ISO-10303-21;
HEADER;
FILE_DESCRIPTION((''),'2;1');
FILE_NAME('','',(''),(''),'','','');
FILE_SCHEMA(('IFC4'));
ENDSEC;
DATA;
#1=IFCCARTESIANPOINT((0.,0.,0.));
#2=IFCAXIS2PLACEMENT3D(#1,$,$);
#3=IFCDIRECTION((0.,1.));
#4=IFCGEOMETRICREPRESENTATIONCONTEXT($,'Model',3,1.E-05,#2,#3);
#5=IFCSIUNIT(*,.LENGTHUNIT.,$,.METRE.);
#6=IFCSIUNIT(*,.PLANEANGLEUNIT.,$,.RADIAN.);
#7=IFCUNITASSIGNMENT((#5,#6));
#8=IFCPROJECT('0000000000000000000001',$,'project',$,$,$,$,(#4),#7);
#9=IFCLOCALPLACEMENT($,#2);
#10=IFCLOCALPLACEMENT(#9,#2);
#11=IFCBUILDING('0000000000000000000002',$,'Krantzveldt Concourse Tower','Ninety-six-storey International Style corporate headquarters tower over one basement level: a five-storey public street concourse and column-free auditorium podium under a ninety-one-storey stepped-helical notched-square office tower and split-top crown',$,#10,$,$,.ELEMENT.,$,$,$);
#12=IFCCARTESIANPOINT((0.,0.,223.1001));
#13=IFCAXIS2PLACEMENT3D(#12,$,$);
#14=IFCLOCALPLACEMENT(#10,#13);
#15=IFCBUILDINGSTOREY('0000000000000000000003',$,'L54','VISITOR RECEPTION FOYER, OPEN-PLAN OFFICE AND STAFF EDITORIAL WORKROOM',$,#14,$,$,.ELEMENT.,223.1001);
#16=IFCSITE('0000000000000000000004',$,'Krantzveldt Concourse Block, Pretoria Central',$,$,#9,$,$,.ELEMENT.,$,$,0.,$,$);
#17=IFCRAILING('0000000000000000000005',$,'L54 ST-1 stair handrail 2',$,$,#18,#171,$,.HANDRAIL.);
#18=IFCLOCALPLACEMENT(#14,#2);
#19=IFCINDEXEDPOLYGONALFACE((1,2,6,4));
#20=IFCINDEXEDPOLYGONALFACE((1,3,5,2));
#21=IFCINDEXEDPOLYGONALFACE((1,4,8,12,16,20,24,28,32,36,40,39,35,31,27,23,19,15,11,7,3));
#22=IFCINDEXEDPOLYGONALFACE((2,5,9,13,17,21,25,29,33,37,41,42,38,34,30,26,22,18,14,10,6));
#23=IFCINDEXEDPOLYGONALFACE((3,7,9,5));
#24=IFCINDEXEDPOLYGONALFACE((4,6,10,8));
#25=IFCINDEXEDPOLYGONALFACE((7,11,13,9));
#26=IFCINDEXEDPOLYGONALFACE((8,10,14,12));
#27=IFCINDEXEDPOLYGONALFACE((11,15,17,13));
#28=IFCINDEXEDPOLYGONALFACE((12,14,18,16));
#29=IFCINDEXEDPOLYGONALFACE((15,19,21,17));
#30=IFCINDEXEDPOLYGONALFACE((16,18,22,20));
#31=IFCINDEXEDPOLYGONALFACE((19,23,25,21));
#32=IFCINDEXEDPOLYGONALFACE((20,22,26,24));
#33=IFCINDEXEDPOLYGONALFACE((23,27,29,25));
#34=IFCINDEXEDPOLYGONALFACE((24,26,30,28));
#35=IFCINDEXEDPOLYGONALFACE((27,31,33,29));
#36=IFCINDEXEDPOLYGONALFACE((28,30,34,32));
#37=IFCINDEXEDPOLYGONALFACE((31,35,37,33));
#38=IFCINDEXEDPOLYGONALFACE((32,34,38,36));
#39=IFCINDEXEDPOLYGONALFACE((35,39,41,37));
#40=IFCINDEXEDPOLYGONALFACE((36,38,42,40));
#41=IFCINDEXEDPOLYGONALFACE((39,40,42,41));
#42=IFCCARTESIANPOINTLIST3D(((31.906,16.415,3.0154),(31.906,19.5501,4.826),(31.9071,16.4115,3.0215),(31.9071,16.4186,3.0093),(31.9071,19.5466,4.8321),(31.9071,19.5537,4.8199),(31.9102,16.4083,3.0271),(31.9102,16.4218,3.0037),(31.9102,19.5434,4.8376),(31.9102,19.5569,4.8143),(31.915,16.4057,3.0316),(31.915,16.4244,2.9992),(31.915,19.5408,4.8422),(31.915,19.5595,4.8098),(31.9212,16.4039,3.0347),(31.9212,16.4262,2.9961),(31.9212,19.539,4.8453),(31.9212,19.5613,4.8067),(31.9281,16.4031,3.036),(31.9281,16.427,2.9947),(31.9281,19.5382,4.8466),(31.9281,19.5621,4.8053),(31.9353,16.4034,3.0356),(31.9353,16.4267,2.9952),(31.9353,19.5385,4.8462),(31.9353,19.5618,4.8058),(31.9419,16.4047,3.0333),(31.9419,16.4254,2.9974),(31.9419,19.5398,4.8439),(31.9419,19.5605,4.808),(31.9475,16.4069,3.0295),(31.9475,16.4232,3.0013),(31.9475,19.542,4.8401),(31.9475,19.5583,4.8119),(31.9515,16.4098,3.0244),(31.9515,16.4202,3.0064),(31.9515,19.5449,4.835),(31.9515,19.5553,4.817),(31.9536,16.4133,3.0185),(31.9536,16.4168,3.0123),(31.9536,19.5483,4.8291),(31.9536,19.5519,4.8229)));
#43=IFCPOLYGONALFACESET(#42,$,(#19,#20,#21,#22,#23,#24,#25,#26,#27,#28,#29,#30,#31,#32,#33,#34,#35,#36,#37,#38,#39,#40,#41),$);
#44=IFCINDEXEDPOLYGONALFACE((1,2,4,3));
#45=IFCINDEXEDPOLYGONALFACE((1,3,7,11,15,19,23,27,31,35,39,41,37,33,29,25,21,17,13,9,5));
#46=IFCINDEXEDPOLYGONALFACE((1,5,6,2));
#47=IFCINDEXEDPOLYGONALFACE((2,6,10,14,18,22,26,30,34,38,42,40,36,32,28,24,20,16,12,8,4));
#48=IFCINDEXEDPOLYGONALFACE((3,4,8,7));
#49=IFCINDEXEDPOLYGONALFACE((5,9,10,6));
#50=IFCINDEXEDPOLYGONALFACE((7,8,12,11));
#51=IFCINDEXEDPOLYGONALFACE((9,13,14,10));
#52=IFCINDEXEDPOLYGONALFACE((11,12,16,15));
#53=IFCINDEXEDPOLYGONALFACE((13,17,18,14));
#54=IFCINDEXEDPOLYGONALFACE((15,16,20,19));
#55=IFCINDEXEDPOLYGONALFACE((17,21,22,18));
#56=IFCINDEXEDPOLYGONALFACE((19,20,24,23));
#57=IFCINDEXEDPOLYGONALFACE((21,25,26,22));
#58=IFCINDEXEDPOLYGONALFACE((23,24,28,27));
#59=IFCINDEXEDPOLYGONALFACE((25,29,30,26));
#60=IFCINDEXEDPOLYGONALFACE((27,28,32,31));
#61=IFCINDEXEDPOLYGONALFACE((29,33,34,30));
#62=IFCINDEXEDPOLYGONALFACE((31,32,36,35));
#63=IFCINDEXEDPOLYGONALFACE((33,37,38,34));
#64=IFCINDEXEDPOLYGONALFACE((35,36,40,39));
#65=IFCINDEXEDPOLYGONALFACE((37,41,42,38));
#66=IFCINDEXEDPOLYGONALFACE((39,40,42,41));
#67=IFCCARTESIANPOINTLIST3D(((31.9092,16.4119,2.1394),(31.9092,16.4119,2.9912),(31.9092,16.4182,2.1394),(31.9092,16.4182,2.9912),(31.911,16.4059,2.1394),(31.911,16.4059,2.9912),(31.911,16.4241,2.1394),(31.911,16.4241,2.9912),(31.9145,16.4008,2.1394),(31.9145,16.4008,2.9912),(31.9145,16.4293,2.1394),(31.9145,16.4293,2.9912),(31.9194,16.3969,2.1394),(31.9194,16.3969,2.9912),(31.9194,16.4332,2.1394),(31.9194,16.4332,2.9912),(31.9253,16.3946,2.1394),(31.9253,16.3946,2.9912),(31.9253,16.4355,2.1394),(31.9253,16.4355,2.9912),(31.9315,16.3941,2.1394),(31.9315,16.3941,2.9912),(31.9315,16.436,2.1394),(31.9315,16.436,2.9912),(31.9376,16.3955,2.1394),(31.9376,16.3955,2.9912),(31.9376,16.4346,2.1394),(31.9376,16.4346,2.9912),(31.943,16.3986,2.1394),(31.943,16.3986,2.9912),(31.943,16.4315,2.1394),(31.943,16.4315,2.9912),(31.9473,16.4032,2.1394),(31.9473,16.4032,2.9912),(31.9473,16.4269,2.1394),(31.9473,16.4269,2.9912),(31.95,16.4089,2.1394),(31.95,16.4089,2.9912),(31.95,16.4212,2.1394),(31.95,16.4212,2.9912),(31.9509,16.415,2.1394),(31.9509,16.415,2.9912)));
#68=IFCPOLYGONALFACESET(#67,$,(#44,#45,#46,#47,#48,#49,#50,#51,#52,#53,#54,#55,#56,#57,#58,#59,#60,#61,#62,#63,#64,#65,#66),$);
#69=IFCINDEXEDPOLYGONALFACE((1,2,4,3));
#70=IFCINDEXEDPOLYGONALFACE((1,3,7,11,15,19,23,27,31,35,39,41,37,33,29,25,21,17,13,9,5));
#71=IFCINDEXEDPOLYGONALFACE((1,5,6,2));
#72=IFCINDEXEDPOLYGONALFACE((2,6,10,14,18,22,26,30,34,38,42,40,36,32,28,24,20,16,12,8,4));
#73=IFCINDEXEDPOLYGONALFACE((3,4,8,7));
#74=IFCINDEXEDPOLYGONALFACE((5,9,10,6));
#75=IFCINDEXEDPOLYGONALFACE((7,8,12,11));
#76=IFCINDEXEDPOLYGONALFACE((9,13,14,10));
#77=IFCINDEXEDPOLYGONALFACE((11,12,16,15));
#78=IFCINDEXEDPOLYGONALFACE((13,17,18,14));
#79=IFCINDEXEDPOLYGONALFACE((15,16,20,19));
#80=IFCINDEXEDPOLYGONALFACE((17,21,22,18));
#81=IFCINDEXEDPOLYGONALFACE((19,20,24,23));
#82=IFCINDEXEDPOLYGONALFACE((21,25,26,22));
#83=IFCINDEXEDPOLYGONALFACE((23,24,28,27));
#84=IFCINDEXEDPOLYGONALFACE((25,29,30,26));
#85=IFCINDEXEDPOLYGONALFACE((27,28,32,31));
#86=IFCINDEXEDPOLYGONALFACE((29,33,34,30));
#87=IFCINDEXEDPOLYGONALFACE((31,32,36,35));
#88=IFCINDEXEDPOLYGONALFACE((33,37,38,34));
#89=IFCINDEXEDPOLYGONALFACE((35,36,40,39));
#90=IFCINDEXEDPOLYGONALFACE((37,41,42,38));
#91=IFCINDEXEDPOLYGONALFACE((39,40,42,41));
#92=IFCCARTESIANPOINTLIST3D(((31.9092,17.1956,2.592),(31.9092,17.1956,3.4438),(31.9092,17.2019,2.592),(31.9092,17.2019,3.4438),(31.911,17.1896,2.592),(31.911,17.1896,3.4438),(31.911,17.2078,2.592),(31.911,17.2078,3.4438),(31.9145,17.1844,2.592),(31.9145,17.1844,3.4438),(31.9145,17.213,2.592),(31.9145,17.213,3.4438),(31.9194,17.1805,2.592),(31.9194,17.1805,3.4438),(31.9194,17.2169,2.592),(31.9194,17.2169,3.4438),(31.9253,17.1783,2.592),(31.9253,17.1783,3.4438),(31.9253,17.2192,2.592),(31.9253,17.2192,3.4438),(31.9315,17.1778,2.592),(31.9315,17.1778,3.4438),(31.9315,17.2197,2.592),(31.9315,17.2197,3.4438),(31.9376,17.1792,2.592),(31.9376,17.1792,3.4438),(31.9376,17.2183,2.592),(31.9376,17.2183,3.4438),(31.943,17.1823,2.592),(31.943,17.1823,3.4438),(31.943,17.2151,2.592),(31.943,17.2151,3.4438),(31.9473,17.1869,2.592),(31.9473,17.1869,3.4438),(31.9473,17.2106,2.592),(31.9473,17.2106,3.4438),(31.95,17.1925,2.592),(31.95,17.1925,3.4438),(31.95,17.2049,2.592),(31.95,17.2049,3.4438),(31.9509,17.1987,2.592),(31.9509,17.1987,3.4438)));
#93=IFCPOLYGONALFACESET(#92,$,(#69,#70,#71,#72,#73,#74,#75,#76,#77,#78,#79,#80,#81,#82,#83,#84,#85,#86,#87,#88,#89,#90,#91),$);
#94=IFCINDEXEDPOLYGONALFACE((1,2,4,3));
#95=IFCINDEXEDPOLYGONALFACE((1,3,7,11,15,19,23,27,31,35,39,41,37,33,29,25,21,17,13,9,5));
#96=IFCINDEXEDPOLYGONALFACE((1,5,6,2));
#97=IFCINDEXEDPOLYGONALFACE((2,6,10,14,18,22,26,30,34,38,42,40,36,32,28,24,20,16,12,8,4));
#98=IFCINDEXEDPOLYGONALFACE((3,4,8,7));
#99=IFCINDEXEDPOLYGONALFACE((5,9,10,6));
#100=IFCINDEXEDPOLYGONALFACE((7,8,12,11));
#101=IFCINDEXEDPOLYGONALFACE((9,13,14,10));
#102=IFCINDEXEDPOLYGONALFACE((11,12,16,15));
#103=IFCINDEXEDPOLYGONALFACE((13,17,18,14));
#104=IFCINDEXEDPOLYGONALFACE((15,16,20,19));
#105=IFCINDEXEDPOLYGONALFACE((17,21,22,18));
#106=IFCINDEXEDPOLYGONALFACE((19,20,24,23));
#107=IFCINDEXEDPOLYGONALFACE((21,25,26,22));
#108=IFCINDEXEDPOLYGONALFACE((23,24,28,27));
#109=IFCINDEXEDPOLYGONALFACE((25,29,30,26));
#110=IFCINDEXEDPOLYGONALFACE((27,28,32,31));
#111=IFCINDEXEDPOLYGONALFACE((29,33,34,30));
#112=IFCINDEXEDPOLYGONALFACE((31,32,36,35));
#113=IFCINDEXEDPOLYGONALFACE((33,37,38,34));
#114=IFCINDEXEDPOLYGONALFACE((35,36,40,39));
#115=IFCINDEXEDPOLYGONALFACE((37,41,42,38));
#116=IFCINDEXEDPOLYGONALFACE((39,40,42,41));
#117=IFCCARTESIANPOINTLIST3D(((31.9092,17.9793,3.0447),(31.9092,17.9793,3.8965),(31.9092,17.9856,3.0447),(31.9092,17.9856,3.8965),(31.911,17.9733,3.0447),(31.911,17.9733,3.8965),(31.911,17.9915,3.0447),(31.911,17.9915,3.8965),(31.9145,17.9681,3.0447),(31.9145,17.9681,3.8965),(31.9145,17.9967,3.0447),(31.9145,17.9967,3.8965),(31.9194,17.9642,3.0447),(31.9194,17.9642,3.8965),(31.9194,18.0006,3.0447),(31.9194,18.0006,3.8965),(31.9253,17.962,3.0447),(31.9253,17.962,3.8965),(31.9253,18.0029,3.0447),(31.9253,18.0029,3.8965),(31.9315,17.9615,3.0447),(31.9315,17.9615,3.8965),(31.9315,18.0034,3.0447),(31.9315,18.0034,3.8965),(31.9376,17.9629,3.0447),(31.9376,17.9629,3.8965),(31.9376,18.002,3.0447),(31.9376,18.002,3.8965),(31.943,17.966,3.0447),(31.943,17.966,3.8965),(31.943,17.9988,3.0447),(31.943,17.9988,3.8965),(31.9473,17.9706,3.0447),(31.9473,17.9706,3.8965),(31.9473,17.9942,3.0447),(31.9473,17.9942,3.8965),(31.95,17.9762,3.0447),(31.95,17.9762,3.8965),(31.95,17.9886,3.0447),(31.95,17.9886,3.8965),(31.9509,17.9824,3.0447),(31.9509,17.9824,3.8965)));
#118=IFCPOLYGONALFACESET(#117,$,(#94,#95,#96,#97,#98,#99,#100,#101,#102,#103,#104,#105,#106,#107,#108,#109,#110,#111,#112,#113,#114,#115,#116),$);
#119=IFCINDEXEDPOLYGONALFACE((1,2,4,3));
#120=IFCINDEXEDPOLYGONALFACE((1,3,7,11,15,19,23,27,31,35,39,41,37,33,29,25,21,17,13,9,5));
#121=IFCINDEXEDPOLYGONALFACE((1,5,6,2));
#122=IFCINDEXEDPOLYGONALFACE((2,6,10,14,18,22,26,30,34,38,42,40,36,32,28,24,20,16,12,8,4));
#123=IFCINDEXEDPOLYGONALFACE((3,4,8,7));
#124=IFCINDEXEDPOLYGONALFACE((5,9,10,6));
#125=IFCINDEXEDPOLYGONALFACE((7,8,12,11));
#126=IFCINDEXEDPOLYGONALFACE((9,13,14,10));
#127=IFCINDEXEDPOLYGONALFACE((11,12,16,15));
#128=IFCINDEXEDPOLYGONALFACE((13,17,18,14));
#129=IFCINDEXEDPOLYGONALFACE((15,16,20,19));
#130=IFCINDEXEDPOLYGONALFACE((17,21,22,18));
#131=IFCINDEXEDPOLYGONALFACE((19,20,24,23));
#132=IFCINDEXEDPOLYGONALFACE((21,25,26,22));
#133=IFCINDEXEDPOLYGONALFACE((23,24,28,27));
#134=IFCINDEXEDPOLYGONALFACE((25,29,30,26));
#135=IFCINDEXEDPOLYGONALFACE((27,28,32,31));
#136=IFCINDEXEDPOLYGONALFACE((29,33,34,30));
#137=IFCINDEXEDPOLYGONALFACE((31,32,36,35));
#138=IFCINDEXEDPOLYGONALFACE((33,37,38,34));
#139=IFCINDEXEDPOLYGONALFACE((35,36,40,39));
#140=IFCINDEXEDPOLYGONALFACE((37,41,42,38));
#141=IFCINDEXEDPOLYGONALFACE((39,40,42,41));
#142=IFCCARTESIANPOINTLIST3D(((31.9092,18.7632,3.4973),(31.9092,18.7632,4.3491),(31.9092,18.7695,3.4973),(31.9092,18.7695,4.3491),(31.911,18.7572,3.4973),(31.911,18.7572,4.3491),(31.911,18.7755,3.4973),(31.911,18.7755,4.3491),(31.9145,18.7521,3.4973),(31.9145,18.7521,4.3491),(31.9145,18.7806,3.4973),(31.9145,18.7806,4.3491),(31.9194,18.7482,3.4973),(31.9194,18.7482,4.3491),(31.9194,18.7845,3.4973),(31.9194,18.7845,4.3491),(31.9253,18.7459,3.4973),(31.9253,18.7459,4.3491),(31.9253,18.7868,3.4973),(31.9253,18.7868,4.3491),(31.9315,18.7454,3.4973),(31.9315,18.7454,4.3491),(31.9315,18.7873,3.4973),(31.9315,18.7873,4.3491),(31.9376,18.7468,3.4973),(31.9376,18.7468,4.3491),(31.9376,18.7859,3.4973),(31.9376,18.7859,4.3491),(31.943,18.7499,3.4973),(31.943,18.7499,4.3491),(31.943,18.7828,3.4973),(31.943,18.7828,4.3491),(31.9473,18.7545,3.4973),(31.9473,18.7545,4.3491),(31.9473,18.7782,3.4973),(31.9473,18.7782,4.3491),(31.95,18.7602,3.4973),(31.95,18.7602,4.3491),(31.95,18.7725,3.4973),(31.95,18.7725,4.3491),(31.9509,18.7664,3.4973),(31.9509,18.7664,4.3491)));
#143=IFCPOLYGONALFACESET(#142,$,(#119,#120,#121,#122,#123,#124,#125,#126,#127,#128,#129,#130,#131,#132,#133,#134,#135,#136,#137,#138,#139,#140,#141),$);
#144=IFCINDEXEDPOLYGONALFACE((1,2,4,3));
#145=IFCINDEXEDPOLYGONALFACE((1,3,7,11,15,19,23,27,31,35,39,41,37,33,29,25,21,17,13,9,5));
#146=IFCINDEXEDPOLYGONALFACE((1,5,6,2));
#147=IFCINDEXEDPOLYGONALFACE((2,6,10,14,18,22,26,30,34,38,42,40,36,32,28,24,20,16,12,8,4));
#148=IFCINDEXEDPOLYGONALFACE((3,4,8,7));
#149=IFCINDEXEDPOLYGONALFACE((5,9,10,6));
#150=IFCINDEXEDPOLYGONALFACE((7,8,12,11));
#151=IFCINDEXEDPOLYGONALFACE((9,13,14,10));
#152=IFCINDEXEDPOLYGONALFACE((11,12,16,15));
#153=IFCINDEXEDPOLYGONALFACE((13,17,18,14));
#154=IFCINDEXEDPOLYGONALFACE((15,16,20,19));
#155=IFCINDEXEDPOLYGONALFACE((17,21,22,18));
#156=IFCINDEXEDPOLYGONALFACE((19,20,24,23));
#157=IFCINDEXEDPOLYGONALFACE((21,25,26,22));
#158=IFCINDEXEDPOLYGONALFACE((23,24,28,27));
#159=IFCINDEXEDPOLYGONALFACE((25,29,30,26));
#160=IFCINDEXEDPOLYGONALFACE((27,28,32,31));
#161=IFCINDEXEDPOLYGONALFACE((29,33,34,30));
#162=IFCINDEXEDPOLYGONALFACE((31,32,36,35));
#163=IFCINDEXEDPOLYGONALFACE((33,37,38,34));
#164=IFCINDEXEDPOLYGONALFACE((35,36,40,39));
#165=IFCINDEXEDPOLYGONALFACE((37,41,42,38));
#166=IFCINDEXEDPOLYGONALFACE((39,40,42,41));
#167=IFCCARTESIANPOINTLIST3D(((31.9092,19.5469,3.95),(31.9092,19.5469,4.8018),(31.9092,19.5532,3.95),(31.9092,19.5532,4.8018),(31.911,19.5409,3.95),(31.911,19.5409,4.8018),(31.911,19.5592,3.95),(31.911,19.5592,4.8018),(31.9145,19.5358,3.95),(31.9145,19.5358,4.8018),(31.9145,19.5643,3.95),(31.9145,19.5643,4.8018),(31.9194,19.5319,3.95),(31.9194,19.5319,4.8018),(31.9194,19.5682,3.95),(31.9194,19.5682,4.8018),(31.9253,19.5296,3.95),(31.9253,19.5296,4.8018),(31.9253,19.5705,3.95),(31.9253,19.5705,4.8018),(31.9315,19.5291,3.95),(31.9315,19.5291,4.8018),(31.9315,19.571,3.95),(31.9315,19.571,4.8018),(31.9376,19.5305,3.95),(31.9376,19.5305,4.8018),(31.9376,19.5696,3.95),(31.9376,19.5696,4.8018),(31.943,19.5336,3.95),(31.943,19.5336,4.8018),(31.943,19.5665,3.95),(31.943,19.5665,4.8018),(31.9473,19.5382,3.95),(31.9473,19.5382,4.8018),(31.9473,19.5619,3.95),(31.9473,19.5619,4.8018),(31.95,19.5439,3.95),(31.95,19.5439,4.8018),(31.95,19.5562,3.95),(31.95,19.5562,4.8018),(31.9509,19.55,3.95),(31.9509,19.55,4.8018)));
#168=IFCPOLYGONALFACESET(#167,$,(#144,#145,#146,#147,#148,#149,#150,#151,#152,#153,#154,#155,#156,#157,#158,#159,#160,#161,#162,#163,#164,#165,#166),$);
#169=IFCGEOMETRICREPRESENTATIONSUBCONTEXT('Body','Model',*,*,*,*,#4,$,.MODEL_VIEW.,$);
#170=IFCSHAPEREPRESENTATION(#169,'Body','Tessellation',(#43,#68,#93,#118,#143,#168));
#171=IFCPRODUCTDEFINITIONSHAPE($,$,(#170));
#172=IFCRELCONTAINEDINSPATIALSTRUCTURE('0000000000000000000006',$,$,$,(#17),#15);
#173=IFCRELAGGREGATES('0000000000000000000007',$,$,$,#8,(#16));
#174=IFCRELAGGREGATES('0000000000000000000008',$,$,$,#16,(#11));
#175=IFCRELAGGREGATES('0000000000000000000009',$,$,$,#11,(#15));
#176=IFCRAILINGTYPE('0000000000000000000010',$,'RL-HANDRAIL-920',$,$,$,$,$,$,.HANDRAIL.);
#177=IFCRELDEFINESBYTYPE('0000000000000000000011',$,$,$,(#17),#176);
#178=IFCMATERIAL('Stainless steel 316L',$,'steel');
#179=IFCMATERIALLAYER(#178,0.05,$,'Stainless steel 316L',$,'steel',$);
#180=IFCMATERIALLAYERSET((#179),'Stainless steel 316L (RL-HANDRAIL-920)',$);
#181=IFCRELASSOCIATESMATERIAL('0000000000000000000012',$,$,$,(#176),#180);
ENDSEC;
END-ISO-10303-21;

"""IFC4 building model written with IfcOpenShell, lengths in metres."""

from ifc_helpers import new_model, si_unit, direction, frame, origin, origin_2d, place, context, subcontext, project, spatial, circle, extrude, material, layer, layer_set, type_object, element, save


model = new_model("IFC4")

# Units and contexts
model_context = context("Model", 3, precision=1e-05, world=origin(), true_north=direction((0.0, 1.0)))
body_context = subcontext(model_context, "Body", "Model", "MODEL_VIEW")
ifc_project = project(units=[si_unit("LENGTHUNIT", "METRE"), si_unit("PLANEANGLEUNIT", "RADIAN")], contexts=[model_context])

# Site, building, storey
site_placement = place(None, origin())
site = spatial("IfcSite", under=ifc_project, at=site_placement, Name="Krantzveldt Concourse Block, Pretoria Central", CompositionType="ELEMENT", RefElevation=0.0)
building_placement = place(site_placement, origin())
building = spatial("IfcBuilding", under=site, at=building_placement, Name="Krantzveldt Concourse Tower", Description="Ninety-six-storey International Style corporate headquarters tower over one basement level: a five-storey public street concourse and column-free auditorium podium under a ninety-one-storey stepped-helical notched-square office tower and split-top crown", CompositionType="ELEMENT")
storey_placement = place(building_placement, frame((0.0, 0.0, 223.1001)))
storey = spatial("IfcBuildingStorey", under=building, at=storey_placement, Name="L54", Description="VISITOR RECEPTION FOYER, OPEN-PLAN OFFICE AND STAFF EDITORIAL WORKROOM", CompositionType="ELEMENT", Elevation=223.1001)

# Railing
ifc_material_1 = material(Name="Stainless steel 316L", Category="steel")
ifc_layer_1 = layer(ifc_material_1, 0.05, Name="Stainless steel 316L", Category="steel")
ifc_layer_set_1 = layer_set([ifc_layer_1], Name="Stainless steel 316L (RL-HANDRAIL-920)")
railing_type_1 = type_object("IfcRailingType", Name="RL-HANDRAIL-920", PredefinedType="HANDRAIL", material=ifc_layer_set_1)
railing_1_placement = place(storey_placement, frame((31.9299, 16.415, 2.1394)))
element("IfcRailing", 1, at=railing_1_placement, inside=storey, type_object=railing_type_1, Name="L54 ST-1 stair handrail 2", PredefinedType="HANDRAIL", context=body_context, shape_type="SweptSolid", body=[
    extrude(circle(Radius=0.0239, at=origin_2d()), frame((0.0, 0.0, 0.876), z_axis=(0.0, 0.86596, 0.500114), x_axis=(-1.0, 0.0, 0.0)), (0.0, 0.0, 1.0), 3.6204),
    extrude(circle(Radius=0.021, at=origin_2d()), origin(), (0.0, 0.0, 1.0), 0.8518),
    extrude(circle(Radius=0.021, at=origin_2d()), frame((0.0, 0.7837, 0.4526)), (0.0, 0.0, 1.0), 0.8518),
    extrude(circle(Radius=0.021, at=origin_2d()), frame((0.0, 1.5674, 0.9053)), (0.0, 0.0, 1.0), 0.8518),
    extrude(circle(Radius=0.021, at=origin_2d()), frame((0.0, 2.3513, 1.3579)), (0.0, 0.0, 1.0), 0.8518),
    extrude(circle(Radius=0.021, at=origin_2d()), frame((0.0, 3.135, 1.8105)), (0.0, 0.0, 1.0), 0.8518),
])

save(model, "model.ifc")
